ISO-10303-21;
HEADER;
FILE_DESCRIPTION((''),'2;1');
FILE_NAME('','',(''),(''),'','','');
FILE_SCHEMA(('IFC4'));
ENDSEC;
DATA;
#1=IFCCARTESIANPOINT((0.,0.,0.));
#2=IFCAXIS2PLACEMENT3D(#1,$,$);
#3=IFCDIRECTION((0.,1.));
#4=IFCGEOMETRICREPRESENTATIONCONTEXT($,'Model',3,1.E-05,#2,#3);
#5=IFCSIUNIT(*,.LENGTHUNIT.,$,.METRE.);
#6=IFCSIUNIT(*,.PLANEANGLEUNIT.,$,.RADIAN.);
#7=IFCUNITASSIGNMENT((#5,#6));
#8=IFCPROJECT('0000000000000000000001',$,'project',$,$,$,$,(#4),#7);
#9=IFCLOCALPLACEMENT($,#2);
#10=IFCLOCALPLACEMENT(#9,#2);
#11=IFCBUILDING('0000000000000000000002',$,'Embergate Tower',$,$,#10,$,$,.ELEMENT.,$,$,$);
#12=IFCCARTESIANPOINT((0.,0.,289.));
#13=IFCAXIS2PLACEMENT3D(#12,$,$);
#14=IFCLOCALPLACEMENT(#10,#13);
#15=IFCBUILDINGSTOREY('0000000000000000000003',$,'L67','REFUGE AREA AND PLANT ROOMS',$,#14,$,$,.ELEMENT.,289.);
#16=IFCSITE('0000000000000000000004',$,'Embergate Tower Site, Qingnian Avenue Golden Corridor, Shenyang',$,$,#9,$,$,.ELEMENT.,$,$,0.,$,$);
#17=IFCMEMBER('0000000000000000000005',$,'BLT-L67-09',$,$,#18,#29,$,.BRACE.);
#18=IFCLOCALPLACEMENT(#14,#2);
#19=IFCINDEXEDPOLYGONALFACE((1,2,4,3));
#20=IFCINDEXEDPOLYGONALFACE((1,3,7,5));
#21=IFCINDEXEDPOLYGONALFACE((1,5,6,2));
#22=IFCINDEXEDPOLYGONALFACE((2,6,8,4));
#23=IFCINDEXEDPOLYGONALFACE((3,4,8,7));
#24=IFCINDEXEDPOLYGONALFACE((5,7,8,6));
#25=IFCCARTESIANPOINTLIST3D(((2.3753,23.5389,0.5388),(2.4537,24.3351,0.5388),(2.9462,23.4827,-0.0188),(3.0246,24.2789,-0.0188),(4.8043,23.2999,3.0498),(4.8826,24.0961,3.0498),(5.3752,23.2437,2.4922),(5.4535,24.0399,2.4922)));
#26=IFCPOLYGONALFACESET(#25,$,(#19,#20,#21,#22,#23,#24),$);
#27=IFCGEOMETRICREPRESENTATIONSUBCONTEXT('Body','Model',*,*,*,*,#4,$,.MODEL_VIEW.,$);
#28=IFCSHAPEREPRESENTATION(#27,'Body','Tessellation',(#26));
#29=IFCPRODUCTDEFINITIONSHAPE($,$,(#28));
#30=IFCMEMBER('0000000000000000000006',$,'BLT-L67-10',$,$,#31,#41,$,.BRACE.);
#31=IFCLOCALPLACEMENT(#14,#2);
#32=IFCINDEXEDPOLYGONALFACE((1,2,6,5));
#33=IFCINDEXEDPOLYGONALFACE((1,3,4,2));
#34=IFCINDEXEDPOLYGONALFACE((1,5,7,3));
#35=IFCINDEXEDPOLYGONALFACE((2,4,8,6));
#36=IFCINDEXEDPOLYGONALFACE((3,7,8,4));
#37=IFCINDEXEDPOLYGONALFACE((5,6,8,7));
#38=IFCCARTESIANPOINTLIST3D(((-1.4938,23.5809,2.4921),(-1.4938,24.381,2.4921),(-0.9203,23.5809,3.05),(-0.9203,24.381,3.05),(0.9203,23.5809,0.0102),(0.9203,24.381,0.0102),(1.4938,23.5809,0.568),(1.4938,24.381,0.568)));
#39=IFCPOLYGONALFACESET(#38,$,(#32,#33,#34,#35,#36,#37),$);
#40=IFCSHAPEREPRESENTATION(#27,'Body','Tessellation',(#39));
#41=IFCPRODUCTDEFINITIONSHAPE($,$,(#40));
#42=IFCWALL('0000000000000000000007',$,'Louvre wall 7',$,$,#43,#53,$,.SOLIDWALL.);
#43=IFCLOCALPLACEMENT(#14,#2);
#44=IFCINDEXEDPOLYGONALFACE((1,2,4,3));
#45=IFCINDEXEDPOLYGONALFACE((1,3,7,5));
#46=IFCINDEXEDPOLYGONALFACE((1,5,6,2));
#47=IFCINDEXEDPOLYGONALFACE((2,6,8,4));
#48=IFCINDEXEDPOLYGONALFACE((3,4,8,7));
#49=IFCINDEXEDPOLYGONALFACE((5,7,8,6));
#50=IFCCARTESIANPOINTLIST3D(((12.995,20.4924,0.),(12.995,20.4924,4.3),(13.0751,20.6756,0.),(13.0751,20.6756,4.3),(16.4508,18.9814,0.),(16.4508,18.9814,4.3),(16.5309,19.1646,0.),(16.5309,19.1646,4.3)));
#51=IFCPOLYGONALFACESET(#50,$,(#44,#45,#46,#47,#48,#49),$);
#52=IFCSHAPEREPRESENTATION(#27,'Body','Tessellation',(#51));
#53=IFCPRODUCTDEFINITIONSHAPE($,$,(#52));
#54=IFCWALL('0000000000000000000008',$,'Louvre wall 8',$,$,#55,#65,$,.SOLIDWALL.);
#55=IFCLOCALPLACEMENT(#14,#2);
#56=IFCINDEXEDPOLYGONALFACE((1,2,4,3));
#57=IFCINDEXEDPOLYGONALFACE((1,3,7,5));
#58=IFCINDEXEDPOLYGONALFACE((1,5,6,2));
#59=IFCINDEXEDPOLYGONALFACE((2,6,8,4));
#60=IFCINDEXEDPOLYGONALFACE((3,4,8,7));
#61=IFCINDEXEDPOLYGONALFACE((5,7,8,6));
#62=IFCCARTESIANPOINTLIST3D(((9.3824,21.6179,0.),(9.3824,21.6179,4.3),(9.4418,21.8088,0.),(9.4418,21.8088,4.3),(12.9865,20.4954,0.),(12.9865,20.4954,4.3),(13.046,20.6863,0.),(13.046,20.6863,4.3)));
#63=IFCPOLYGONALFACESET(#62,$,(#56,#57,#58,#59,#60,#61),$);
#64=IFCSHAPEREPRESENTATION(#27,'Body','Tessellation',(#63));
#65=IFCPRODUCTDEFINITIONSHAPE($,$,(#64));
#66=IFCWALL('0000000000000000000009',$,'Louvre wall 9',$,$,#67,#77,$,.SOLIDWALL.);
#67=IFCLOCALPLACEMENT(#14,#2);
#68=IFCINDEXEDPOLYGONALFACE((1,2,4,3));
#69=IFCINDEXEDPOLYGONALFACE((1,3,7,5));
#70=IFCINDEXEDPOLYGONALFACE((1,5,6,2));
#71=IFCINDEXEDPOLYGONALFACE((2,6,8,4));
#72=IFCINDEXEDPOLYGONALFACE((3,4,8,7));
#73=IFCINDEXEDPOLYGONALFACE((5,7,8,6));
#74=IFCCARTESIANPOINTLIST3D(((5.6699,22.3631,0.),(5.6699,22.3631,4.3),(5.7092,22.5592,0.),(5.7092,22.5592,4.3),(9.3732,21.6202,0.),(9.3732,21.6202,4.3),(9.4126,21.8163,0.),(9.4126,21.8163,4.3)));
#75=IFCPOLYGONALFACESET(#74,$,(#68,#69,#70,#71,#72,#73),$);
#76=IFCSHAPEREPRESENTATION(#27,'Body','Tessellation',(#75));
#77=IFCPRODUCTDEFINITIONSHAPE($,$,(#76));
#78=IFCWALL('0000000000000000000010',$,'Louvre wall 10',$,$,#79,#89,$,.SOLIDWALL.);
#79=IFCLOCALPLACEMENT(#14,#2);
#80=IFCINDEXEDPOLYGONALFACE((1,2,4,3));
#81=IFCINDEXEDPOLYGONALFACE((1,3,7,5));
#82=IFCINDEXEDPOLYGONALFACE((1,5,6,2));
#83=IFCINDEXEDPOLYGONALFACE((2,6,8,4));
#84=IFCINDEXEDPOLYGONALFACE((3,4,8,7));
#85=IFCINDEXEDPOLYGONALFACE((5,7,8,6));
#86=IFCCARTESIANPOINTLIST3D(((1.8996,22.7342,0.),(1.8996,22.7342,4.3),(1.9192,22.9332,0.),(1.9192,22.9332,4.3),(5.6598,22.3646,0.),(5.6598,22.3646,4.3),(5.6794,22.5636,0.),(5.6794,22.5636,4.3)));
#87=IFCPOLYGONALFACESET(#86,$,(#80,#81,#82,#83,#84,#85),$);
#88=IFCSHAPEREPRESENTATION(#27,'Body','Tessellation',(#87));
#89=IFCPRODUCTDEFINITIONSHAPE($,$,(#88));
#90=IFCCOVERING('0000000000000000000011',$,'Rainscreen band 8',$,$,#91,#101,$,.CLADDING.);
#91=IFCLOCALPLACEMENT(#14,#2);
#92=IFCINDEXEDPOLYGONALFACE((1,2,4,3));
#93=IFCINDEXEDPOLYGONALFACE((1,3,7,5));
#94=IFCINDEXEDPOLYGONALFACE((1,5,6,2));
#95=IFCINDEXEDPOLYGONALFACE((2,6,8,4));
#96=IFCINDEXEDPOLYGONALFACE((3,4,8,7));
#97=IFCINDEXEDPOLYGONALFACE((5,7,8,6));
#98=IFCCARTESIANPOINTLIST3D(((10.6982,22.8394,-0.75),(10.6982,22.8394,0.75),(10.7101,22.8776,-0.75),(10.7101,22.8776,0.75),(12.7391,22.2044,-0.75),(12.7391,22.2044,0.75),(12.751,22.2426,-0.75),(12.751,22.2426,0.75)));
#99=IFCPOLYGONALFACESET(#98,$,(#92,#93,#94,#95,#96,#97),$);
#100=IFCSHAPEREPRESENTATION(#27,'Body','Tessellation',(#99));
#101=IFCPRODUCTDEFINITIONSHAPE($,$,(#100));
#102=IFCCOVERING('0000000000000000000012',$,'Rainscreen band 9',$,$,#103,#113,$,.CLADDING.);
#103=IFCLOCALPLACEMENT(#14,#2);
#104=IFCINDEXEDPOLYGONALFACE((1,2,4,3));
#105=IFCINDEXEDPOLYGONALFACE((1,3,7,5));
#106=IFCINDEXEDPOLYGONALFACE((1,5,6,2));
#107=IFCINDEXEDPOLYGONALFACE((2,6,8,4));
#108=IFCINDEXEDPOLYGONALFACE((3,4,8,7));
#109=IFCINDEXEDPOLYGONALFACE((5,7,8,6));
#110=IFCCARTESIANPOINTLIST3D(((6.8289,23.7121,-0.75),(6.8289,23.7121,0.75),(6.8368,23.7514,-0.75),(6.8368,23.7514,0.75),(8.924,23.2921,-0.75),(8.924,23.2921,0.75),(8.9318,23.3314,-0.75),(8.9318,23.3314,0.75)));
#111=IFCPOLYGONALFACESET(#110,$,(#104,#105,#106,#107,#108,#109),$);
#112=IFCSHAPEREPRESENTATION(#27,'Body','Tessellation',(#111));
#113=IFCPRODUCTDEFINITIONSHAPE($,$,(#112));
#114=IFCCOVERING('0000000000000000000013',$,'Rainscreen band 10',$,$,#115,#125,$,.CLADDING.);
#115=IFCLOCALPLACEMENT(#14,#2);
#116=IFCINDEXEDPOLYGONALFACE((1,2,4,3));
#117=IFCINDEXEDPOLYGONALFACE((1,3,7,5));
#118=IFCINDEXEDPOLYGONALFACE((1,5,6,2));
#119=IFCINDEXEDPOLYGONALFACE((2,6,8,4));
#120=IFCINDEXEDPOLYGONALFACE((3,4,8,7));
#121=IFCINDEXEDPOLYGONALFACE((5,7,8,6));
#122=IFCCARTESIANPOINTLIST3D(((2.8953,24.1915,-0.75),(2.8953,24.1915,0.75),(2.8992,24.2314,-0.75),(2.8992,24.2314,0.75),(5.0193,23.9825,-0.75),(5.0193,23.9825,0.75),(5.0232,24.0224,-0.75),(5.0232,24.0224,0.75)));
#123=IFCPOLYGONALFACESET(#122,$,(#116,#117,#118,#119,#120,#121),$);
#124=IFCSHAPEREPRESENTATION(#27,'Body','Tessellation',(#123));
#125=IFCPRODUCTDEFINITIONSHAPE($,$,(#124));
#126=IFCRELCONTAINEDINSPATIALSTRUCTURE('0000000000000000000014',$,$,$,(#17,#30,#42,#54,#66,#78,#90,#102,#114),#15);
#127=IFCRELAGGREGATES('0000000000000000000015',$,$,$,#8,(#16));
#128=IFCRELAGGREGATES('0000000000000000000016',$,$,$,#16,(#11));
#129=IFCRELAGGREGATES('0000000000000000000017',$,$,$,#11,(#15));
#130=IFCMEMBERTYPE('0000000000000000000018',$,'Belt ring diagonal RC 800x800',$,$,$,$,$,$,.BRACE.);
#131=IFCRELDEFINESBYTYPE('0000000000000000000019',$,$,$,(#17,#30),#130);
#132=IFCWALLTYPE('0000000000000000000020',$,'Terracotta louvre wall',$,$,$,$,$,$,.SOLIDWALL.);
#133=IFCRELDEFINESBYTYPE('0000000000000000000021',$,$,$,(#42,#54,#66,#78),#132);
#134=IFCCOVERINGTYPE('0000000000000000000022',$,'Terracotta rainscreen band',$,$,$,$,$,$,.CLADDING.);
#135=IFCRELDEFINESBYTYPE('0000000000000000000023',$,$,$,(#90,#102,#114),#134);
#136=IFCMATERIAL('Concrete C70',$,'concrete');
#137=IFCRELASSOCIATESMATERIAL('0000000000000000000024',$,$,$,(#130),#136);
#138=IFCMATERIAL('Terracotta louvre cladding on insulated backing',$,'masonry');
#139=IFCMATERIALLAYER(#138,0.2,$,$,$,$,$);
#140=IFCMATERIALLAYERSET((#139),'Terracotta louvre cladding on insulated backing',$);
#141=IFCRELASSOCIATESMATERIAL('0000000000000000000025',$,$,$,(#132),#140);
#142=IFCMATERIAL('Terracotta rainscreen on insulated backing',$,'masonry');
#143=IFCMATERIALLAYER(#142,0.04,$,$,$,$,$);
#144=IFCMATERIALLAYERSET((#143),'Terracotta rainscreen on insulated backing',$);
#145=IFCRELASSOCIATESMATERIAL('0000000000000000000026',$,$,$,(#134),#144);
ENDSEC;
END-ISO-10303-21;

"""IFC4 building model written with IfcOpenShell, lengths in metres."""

from ifc_helpers import new_model, si_unit, direction, frame, frame_2d, origin, origin_2d, place, context, subcontext, project, spatial, rectangle, extrude, source, transform, mapped, material, layer, layer_set, material_profile, profile_set, type_object, element, save


model = new_model("IFC4")

# Units and contexts
model_context = context("Model", 3, precision=1e-05, world=origin(), true_north=direction((0.0, 1.0)))
body_context = subcontext(model_context, "Body", "Model", "MODEL_VIEW")
ifc_project = project(units=[si_unit("LENGTHUNIT", "METRE"), si_unit("PLANEANGLEUNIT", "RADIAN")], contexts=[model_context])

# Site, building, storey
site_placement = place(None, origin())
site = spatial("IfcSite", under=ifc_project, at=site_placement, Name="Embergate Tower Site, Qingnian Avenue Golden Corridor, Shenyang", CompositionType="ELEMENT", RefElevation=0.0)
building_placement = place(site_placement, origin())
building = spatial("IfcBuilding", under=site, at=building_placement, Name="Embergate Tower", CompositionType="ELEMENT")
storey_placement = place(building_placement, frame((0.0, 0.0, 289.0)))
storey = spatial("IfcBuildingStorey", under=building, at=storey_placement, Name="L67", Description="REFUGE AREA AND PLANT ROOMS", CompositionType="ELEMENT", Elevation=289.0)

# Members
ifc_material_1 = material(Name="Concrete C70", Category="concrete")
ifc_material_profile_1 = material_profile(ifc_material_1, rectangle(XDim=0.8, YDim=0.8, at=origin_2d()), Name="RC 800x800")
ifc_profile_set_1 = profile_set([ifc_material_profile_1], Name="Concrete C70")
member_type_1 = type_object("IfcMemberType", Name="Belt ring diagonal RC 800x800", PredefinedType="BRACE", material=ifc_profile_set_1)
shared_shape_1 = source(origin(), body_context, "Body", "SweptSolid", [
    extrude(rectangle(XDim=0.8, YDim=0.8, at=origin_2d()), origin(), (0.0, 0.0, 1.0), 3.5017),
])
member_1_placement = place(storey_placement, frame((2.7, 23.9089, 0.26), z_axis=(0.693647, -0.068256, 0.717073), x_axis=(0.097929, 0.995193, 0.0)))
element("IfcMember", 1, at=member_1_placement, inside=storey, type_object=member_type_1, Name="BLT-L67-09", PredefinedType="BRACE", context=body_context, shape_type="MappedRepresentation", body=[
    mapped(shared_shape_1, transform((0.0, 0.0, 0.0))),
])
shared_shape_2 = source(origin(), body_context, "Body", "SweptSolid", [
    extrude(rectangle(XDim=0.8, YDim=0.8, at=origin_2d()), origin(), (0.0, 0.0, 1.0), 3.4624),
])
member_2_placement = place(storey_placement, frame((1.207, 23.981, 0.2891), z_axis=(-0.697237, 0.0, 0.71684), x_axis=(0.0, -1.0, 0.0)))
element("IfcMember", 2, at=member_2_placement, inside=storey, type_object=member_type_1, Name="BLT-L67-10", PredefinedType="BRACE", context=body_context, shape_type="MappedRepresentation", body=[
    mapped(shared_shape_2, transform((0.0, 0.0, 0.0))),
])

# Walls
ifc_material_2 = material(Name="Terracotta louvre cladding on insulated backing", Category="masonry")
ifc_layer_1 = layer(ifc_material_2, 0.2)
ifc_layer_set_1 = layer_set([ifc_layer_1], Name="Terracotta louvre cladding on insulated backing")
wall_type = type_object("IfcWallType", Name="Terracotta louvre wall", PredefinedType="SOLIDWALL", material=ifc_layer_set_1)
shared_shape_3 = source(origin(), body_context, "Body", "SweptSolid", [
    extrude(rectangle(XDim=3.7717, YDim=0.2, at=frame_2d((1.8857, 0.0))), origin(), (0.0, 0.0, 1.0), 4.3),
])
wall_1_placement = place(storey_placement, frame((13.0352, 20.584, 0.0), z_axis=(0.0, 0.0, 1.0), x_axis=(0.916248, -0.400612, 0.0)))
element("IfcWall", 3, at=wall_1_placement, inside=storey, type_object=wall_type, Name="Louvre wall 7", PredefinedType="SOLIDWALL", context=body_context, shape_type="MappedRepresentation", body=[
    mapped(shared_shape_3, transform((0.0, 0.0, 0.0))),
])
shared_shape_4 = source(origin(), body_context, "Body", "SweptSolid", [
    extrude(rectangle(XDim=3.7749, YDim=0.2, at=frame_2d((1.8875, 0.0))), origin(), (0.0, 0.0, 1.0), 4.3),
])
wall_2_placement = place(storey_placement, frame((9.4121, 21.7134, 0.0), z_axis=(0.0, 0.0, 1.0), x_axis=(0.954764, -0.297365, 0.0)))
element("IfcWall", 4, at=wall_2_placement, inside=storey, type_object=wall_type, Name="Louvre wall 8", PredefinedType="SOLIDWALL", context=body_context, shape_type="MappedRepresentation", body=[
    mapped(shared_shape_4, transform((0.0, 0.0, 0.0))),
])
shared_shape_5 = source(origin(), body_context, "Body", "SweptSolid", [
    extrude(rectangle(XDim=3.7771, YDim=0.2, at=frame_2d((1.8887, 0.0))), origin(), (0.0, 0.0, 1.0), 4.3),
])
wall_3_placement = place(storey_placement, frame((5.6895, 22.4612, 0.0), z_axis=(0.0, 0.0, 1.0), x_axis=(0.980466, -0.196688, 0.0)))
element("IfcWall", 5, at=wall_3_placement, inside=storey, type_object=wall_type, Name="Louvre wall 9", PredefinedType="SOLIDWALL", context=body_context, shape_type="MappedRepresentation", body=[
    mapped(shared_shape_5, transform((0.0, 0.0, 0.0))),
])
shared_shape_6 = source(origin(), body_context, "Body", "SweptSolid", [
    extrude(rectangle(XDim=3.7783, YDim=0.2, at=frame_2d((1.8892, 0.0))), origin(), (0.0, 0.0, 1.0), 4.3),
])
wall_4_placement = place(storey_placement, frame((1.9094, 22.8337, 0.0), z_axis=(0.0, 0.0, 1.0), x_axis=(0.995203, -0.097827, 0.0)))
element("IfcWall", 6, at=wall_4_placement, inside=storey, type_object=wall_type, Name="Louvre wall 10", PredefinedType="SOLIDWALL", context=body_context, shape_type="MappedRepresentation", body=[
    mapped(shared_shape_6, transform((0.0, 0.0, 0.0))),
])

# Coverings
ifc_material_3 = material(Name="Terracotta rainscreen on insulated backing", Category="masonry")
ifc_layer_2 = layer(ifc_material_3, 0.04)
ifc_layer_set_2 = layer_set([ifc_layer_2], Name="Terracotta rainscreen on insulated backing")
covering_type = type_object("IfcCoveringType", Name="Terracotta rainscreen band", PredefinedType="CLADDING", material=ifc_layer_set_2)
shared_shape_7 = source(origin(), body_context, "Body", "SweptSolid", [
    extrude(rectangle(XDim=2.1375, YDim=0.04, at=origin_2d()), origin(), (0.0, 0.0, 1.0), 1.5),
])
covering_1_placement = place(storey_placement, frame((11.7246, 22.541, -0.75), z_axis=(0.0, 0.0, 1.0), x_axis=(-0.954854, 0.297077, 0.0)))
element("IfcCovering", 7, at=covering_1_placement, inside=storey, type_object=covering_type, Name="Rainscreen band 8", PredefinedType="CLADDING", context=body_context, shape_type="MappedRepresentation", body=[
    mapped(shared_shape_7, transform((0.0, 0.0, 0.0))),
])
shared_shape_8 = source(origin(), body_context, "Body", "SweptSolid", [
    extrude(rectangle(XDim=2.1367, YDim=0.04, at=origin_2d()), origin(), (0.0, 0.0, 1.0), 1.5),
])
covering_2_placement = place(storey_placement, frame((7.8804, 23.5217, -0.75), z_axis=(0.0, 0.0, 1.0), x_axis=(-0.980491, 0.196566, 0.0)))
element("IfcCovering", 8, at=covering_2_placement, inside=storey, type_object=covering_type, Name="Rainscreen band 9", PredefinedType="CLADDING", context=body_context, shape_type="MappedRepresentation", body=[
    mapped(shared_shape_8, transform((0.0, 0.0, 0.0))),
])
shared_shape_9 = source(origin(), body_context, "Body", "SweptSolid", [
    extrude(rectangle(XDim=2.1343, YDim=0.04, at=origin_2d()), origin(), (0.0, 0.0, 1.0), 1.5),
])
covering_3_placement = place(storey_placement, frame((3.9592, 24.1069, -0.75), z_axis=(0.0, 0.0, 1.0), x_axis=(-0.995194, 0.097927, 0.0)))
element("IfcCovering", 9, at=covering_3_placement, inside=storey, type_object=covering_type, Name="Rainscreen band 10", PredefinedType="CLADDING", context=body_context, shape_type="MappedRepresentation", body=[
    mapped(shared_shape_9, transform((0.0, 0.0, 0.0))),
])

save(model, "model.ifc")
